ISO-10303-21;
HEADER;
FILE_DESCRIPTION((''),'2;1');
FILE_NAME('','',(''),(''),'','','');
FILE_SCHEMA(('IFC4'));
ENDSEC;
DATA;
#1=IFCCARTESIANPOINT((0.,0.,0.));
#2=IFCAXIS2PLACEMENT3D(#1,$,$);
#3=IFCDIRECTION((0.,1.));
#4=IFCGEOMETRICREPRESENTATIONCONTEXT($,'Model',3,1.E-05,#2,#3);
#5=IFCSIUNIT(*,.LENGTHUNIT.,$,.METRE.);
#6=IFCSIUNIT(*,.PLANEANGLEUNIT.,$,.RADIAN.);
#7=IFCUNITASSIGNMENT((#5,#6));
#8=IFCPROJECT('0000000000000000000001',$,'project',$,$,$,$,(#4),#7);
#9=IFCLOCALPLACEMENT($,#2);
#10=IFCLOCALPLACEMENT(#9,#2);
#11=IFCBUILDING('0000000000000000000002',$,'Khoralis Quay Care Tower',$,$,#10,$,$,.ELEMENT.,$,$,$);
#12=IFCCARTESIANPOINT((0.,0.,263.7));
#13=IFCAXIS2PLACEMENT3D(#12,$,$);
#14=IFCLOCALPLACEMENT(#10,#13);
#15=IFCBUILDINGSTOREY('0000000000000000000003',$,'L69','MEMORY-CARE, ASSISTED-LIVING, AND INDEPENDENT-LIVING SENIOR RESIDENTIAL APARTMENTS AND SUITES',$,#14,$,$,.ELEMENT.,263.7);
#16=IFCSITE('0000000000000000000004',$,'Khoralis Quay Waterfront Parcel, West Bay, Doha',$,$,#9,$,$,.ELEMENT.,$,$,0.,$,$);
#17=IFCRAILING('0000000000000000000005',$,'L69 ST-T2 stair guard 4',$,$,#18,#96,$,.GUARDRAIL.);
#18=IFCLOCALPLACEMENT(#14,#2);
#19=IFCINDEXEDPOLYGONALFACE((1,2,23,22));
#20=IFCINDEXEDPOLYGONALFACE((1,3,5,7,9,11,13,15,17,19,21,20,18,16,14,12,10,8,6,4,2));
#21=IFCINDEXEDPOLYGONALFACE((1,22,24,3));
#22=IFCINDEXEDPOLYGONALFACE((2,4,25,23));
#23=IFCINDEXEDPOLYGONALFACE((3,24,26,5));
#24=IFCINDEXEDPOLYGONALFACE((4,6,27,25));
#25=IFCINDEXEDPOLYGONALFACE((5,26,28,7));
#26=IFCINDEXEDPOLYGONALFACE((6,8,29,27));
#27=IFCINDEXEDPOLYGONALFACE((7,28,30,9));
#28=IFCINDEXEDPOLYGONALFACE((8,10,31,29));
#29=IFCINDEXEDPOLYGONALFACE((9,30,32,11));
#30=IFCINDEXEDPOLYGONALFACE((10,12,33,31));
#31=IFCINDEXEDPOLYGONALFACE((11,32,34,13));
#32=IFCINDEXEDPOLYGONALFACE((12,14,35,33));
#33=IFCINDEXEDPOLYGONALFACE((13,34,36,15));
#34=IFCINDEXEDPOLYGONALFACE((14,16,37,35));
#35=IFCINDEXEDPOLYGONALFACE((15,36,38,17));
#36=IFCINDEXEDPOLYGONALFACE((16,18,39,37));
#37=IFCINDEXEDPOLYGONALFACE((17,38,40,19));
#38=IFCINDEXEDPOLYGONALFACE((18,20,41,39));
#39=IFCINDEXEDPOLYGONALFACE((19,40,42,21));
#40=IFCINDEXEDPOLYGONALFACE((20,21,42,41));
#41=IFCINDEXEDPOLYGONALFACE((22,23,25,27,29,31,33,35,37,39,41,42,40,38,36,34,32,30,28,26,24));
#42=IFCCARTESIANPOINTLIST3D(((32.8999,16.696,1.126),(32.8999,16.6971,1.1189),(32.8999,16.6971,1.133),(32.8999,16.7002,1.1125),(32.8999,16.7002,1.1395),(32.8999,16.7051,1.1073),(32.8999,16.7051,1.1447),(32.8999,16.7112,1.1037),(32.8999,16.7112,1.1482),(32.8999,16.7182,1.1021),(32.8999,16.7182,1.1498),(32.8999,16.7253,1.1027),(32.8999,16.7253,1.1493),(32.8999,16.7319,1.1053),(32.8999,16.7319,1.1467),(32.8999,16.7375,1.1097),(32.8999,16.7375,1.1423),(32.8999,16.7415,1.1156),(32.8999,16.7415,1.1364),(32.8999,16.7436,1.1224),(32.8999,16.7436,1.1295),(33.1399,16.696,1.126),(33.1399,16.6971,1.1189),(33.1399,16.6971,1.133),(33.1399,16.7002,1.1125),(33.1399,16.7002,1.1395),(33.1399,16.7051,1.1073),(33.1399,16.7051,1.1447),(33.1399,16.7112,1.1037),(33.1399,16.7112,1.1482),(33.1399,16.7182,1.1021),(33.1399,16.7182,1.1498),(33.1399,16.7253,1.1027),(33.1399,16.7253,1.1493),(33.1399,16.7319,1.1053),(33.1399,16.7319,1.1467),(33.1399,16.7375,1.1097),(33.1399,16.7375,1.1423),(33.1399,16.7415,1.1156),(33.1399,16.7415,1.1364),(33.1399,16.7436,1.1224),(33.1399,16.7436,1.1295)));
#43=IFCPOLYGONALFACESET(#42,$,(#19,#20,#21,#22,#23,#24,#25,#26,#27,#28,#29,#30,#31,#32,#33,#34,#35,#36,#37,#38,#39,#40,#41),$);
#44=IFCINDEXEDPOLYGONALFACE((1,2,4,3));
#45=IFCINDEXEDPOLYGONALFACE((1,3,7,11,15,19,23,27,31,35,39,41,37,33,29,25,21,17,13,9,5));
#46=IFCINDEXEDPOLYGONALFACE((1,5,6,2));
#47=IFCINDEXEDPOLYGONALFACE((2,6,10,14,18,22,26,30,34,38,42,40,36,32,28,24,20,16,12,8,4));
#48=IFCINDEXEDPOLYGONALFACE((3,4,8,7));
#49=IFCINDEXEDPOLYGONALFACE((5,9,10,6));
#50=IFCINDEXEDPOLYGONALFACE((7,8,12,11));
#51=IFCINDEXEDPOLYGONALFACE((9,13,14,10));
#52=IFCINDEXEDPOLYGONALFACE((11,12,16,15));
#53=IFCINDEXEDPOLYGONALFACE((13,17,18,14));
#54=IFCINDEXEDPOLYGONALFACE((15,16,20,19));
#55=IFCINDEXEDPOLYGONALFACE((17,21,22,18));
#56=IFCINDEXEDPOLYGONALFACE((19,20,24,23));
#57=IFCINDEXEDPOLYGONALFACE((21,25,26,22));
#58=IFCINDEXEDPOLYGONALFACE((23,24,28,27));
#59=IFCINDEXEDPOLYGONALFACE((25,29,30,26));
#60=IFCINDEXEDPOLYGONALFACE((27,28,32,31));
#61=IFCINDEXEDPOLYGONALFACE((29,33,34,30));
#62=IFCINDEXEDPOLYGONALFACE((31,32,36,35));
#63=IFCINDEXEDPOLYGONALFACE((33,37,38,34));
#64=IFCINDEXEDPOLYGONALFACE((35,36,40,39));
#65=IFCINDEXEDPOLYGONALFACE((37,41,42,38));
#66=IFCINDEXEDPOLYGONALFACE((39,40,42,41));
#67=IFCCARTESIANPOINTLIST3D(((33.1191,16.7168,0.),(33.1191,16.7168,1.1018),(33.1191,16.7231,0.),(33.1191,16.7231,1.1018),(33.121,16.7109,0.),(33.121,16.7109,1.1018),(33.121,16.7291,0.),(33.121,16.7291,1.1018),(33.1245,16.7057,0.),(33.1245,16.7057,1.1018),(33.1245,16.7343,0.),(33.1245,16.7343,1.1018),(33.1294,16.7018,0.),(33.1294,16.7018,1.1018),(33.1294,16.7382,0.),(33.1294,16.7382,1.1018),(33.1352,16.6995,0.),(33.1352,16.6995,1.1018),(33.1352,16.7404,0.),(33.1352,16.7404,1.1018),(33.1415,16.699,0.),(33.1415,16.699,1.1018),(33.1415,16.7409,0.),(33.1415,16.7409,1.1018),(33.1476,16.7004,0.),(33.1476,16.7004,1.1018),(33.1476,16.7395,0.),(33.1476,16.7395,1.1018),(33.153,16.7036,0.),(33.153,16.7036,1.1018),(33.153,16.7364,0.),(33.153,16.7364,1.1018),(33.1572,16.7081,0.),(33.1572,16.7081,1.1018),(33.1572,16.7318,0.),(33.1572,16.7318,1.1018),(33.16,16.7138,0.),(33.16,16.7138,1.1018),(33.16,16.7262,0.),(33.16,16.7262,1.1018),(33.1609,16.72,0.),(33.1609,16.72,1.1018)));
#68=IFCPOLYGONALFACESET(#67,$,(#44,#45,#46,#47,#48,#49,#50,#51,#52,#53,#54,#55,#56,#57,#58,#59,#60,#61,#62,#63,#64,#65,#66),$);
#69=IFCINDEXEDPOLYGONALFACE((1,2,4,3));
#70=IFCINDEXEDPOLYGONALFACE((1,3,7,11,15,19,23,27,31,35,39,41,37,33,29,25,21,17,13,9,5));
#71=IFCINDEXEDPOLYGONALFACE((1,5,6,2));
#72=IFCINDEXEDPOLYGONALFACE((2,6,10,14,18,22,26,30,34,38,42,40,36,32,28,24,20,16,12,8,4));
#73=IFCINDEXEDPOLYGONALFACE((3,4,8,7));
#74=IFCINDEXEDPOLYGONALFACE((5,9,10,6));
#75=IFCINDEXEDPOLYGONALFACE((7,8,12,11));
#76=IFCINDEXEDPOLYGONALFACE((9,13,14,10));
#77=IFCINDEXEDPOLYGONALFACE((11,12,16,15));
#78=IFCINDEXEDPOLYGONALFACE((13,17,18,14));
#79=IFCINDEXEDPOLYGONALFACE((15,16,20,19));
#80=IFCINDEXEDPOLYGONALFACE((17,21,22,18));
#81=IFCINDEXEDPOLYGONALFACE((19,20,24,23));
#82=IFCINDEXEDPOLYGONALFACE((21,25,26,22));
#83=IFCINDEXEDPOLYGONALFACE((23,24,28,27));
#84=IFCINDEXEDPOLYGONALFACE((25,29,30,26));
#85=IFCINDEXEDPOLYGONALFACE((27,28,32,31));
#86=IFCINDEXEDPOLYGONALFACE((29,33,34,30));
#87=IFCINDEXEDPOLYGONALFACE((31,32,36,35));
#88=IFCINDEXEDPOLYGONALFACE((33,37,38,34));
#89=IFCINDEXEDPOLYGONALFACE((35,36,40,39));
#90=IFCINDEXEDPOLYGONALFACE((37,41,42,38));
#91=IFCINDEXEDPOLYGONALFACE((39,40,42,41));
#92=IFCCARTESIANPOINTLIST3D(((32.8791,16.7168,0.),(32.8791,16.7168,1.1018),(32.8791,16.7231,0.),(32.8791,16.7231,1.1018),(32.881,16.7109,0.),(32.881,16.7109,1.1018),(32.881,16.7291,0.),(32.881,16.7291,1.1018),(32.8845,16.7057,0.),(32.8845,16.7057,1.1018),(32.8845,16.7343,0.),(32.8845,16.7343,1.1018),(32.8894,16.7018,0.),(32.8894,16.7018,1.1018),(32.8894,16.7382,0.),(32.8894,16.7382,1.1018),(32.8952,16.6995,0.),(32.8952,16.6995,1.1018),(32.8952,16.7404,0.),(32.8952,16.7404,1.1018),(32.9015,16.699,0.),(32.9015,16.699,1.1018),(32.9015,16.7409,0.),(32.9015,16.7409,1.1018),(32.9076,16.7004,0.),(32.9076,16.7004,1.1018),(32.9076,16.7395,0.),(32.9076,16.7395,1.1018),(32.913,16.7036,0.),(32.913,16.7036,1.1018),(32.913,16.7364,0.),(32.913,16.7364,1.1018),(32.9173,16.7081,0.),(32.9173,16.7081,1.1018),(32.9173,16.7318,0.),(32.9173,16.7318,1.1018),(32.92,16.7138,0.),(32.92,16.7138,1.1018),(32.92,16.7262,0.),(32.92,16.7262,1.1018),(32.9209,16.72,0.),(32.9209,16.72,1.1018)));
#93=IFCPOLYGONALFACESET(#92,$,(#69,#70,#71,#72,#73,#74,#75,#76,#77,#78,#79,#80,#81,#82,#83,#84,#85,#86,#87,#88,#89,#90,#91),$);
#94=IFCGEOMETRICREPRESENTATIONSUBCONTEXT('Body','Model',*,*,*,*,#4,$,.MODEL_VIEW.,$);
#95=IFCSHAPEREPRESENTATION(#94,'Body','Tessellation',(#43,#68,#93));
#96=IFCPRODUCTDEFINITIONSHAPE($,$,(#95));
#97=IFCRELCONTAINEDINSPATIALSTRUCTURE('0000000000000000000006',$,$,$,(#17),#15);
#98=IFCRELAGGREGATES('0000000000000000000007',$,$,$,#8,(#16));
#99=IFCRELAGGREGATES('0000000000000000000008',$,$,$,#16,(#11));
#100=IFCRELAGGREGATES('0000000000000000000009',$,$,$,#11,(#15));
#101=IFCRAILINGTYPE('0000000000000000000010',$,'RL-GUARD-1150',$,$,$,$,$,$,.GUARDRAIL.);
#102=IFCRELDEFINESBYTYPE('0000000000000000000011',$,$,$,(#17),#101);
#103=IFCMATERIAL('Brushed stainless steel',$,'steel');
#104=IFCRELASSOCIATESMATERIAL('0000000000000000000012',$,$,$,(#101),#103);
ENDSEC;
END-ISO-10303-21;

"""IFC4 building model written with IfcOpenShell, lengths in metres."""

from ifc_helpers import new_model, si_unit, direction, frame, origin, origin_2d, place, context, subcontext, project, spatial, circle, extrude, material, type_object, element, save


model = new_model("IFC4")

# Units and contexts
model_context = context("Model", 3, precision=1e-05, world=origin(), true_north=direction((0.0, 1.0)))
body_context = subcontext(model_context, "Body", "Model", "MODEL_VIEW")
ifc_project = project(units=[si_unit("LENGTHUNIT", "METRE"), si_unit("PLANEANGLEUNIT", "RADIAN")], contexts=[model_context])

# Site, building, storey
site_placement = place(None, origin())
site = spatial("IfcSite", under=ifc_project, at=site_placement, Name="Khoralis Quay Waterfront Parcel, West Bay, Doha", CompositionType="ELEMENT", RefElevation=0.0)
building_placement = place(site_placement, origin())
building = spatial("IfcBuilding", under=site, at=building_placement, Name="Khoralis Quay Care Tower", CompositionType="ELEMENT")
storey_placement = place(building_placement, frame((0.0, 0.0, 263.7)))
storey = spatial("IfcBuildingStorey", under=building, at=storey_placement, Name="L69", Description="MEMORY-CARE, ASSISTED-LIVING, AND INDEPENDENT-LIVING SENIOR RESIDENTIAL APARTMENTS AND SUITES", CompositionType="ELEMENT", Elevation=263.7)

# Shared definitions
ifc_material_1 = material(Name="Brushed stainless steel", Category="steel")

# Railing
railing_type_1 = type_object("IfcRailingType", Name="RL-GUARD-1150", PredefinedType="GUARDRAIL", material=ifc_material_1)
railing_1_placement = place(storey_placement, frame((33.1399, 16.72, 0.0)))
element("IfcRailing", 1, at=railing_1_placement, inside=storey, type_object=railing_type_1, Name="L69 ST-T2 stair guard 4", PredefinedType="GUARDRAIL", context=body_context, shape_type="SweptSolid", body=[
    extrude(circle(Radius=0.0239, at=origin_2d()), frame((0.0, 0.0, 1.126), z_axis=(-1.0, 0.0, 0.0), x_axis=(0.0, -1.0, 0.0)), (0.0, 0.0, 1.0), 0.24),
    extrude(circle(Radius=0.021, at=origin_2d()), origin(), (0.0, 0.0, 1.0), 1.1018),
    extrude(circle(Radius=0.021, at=origin_2d()), frame((-0.24, 0.0, 0.0)), (0.0, 0.0, 1.0), 1.1018),
])

save(model, "model.ifc")
